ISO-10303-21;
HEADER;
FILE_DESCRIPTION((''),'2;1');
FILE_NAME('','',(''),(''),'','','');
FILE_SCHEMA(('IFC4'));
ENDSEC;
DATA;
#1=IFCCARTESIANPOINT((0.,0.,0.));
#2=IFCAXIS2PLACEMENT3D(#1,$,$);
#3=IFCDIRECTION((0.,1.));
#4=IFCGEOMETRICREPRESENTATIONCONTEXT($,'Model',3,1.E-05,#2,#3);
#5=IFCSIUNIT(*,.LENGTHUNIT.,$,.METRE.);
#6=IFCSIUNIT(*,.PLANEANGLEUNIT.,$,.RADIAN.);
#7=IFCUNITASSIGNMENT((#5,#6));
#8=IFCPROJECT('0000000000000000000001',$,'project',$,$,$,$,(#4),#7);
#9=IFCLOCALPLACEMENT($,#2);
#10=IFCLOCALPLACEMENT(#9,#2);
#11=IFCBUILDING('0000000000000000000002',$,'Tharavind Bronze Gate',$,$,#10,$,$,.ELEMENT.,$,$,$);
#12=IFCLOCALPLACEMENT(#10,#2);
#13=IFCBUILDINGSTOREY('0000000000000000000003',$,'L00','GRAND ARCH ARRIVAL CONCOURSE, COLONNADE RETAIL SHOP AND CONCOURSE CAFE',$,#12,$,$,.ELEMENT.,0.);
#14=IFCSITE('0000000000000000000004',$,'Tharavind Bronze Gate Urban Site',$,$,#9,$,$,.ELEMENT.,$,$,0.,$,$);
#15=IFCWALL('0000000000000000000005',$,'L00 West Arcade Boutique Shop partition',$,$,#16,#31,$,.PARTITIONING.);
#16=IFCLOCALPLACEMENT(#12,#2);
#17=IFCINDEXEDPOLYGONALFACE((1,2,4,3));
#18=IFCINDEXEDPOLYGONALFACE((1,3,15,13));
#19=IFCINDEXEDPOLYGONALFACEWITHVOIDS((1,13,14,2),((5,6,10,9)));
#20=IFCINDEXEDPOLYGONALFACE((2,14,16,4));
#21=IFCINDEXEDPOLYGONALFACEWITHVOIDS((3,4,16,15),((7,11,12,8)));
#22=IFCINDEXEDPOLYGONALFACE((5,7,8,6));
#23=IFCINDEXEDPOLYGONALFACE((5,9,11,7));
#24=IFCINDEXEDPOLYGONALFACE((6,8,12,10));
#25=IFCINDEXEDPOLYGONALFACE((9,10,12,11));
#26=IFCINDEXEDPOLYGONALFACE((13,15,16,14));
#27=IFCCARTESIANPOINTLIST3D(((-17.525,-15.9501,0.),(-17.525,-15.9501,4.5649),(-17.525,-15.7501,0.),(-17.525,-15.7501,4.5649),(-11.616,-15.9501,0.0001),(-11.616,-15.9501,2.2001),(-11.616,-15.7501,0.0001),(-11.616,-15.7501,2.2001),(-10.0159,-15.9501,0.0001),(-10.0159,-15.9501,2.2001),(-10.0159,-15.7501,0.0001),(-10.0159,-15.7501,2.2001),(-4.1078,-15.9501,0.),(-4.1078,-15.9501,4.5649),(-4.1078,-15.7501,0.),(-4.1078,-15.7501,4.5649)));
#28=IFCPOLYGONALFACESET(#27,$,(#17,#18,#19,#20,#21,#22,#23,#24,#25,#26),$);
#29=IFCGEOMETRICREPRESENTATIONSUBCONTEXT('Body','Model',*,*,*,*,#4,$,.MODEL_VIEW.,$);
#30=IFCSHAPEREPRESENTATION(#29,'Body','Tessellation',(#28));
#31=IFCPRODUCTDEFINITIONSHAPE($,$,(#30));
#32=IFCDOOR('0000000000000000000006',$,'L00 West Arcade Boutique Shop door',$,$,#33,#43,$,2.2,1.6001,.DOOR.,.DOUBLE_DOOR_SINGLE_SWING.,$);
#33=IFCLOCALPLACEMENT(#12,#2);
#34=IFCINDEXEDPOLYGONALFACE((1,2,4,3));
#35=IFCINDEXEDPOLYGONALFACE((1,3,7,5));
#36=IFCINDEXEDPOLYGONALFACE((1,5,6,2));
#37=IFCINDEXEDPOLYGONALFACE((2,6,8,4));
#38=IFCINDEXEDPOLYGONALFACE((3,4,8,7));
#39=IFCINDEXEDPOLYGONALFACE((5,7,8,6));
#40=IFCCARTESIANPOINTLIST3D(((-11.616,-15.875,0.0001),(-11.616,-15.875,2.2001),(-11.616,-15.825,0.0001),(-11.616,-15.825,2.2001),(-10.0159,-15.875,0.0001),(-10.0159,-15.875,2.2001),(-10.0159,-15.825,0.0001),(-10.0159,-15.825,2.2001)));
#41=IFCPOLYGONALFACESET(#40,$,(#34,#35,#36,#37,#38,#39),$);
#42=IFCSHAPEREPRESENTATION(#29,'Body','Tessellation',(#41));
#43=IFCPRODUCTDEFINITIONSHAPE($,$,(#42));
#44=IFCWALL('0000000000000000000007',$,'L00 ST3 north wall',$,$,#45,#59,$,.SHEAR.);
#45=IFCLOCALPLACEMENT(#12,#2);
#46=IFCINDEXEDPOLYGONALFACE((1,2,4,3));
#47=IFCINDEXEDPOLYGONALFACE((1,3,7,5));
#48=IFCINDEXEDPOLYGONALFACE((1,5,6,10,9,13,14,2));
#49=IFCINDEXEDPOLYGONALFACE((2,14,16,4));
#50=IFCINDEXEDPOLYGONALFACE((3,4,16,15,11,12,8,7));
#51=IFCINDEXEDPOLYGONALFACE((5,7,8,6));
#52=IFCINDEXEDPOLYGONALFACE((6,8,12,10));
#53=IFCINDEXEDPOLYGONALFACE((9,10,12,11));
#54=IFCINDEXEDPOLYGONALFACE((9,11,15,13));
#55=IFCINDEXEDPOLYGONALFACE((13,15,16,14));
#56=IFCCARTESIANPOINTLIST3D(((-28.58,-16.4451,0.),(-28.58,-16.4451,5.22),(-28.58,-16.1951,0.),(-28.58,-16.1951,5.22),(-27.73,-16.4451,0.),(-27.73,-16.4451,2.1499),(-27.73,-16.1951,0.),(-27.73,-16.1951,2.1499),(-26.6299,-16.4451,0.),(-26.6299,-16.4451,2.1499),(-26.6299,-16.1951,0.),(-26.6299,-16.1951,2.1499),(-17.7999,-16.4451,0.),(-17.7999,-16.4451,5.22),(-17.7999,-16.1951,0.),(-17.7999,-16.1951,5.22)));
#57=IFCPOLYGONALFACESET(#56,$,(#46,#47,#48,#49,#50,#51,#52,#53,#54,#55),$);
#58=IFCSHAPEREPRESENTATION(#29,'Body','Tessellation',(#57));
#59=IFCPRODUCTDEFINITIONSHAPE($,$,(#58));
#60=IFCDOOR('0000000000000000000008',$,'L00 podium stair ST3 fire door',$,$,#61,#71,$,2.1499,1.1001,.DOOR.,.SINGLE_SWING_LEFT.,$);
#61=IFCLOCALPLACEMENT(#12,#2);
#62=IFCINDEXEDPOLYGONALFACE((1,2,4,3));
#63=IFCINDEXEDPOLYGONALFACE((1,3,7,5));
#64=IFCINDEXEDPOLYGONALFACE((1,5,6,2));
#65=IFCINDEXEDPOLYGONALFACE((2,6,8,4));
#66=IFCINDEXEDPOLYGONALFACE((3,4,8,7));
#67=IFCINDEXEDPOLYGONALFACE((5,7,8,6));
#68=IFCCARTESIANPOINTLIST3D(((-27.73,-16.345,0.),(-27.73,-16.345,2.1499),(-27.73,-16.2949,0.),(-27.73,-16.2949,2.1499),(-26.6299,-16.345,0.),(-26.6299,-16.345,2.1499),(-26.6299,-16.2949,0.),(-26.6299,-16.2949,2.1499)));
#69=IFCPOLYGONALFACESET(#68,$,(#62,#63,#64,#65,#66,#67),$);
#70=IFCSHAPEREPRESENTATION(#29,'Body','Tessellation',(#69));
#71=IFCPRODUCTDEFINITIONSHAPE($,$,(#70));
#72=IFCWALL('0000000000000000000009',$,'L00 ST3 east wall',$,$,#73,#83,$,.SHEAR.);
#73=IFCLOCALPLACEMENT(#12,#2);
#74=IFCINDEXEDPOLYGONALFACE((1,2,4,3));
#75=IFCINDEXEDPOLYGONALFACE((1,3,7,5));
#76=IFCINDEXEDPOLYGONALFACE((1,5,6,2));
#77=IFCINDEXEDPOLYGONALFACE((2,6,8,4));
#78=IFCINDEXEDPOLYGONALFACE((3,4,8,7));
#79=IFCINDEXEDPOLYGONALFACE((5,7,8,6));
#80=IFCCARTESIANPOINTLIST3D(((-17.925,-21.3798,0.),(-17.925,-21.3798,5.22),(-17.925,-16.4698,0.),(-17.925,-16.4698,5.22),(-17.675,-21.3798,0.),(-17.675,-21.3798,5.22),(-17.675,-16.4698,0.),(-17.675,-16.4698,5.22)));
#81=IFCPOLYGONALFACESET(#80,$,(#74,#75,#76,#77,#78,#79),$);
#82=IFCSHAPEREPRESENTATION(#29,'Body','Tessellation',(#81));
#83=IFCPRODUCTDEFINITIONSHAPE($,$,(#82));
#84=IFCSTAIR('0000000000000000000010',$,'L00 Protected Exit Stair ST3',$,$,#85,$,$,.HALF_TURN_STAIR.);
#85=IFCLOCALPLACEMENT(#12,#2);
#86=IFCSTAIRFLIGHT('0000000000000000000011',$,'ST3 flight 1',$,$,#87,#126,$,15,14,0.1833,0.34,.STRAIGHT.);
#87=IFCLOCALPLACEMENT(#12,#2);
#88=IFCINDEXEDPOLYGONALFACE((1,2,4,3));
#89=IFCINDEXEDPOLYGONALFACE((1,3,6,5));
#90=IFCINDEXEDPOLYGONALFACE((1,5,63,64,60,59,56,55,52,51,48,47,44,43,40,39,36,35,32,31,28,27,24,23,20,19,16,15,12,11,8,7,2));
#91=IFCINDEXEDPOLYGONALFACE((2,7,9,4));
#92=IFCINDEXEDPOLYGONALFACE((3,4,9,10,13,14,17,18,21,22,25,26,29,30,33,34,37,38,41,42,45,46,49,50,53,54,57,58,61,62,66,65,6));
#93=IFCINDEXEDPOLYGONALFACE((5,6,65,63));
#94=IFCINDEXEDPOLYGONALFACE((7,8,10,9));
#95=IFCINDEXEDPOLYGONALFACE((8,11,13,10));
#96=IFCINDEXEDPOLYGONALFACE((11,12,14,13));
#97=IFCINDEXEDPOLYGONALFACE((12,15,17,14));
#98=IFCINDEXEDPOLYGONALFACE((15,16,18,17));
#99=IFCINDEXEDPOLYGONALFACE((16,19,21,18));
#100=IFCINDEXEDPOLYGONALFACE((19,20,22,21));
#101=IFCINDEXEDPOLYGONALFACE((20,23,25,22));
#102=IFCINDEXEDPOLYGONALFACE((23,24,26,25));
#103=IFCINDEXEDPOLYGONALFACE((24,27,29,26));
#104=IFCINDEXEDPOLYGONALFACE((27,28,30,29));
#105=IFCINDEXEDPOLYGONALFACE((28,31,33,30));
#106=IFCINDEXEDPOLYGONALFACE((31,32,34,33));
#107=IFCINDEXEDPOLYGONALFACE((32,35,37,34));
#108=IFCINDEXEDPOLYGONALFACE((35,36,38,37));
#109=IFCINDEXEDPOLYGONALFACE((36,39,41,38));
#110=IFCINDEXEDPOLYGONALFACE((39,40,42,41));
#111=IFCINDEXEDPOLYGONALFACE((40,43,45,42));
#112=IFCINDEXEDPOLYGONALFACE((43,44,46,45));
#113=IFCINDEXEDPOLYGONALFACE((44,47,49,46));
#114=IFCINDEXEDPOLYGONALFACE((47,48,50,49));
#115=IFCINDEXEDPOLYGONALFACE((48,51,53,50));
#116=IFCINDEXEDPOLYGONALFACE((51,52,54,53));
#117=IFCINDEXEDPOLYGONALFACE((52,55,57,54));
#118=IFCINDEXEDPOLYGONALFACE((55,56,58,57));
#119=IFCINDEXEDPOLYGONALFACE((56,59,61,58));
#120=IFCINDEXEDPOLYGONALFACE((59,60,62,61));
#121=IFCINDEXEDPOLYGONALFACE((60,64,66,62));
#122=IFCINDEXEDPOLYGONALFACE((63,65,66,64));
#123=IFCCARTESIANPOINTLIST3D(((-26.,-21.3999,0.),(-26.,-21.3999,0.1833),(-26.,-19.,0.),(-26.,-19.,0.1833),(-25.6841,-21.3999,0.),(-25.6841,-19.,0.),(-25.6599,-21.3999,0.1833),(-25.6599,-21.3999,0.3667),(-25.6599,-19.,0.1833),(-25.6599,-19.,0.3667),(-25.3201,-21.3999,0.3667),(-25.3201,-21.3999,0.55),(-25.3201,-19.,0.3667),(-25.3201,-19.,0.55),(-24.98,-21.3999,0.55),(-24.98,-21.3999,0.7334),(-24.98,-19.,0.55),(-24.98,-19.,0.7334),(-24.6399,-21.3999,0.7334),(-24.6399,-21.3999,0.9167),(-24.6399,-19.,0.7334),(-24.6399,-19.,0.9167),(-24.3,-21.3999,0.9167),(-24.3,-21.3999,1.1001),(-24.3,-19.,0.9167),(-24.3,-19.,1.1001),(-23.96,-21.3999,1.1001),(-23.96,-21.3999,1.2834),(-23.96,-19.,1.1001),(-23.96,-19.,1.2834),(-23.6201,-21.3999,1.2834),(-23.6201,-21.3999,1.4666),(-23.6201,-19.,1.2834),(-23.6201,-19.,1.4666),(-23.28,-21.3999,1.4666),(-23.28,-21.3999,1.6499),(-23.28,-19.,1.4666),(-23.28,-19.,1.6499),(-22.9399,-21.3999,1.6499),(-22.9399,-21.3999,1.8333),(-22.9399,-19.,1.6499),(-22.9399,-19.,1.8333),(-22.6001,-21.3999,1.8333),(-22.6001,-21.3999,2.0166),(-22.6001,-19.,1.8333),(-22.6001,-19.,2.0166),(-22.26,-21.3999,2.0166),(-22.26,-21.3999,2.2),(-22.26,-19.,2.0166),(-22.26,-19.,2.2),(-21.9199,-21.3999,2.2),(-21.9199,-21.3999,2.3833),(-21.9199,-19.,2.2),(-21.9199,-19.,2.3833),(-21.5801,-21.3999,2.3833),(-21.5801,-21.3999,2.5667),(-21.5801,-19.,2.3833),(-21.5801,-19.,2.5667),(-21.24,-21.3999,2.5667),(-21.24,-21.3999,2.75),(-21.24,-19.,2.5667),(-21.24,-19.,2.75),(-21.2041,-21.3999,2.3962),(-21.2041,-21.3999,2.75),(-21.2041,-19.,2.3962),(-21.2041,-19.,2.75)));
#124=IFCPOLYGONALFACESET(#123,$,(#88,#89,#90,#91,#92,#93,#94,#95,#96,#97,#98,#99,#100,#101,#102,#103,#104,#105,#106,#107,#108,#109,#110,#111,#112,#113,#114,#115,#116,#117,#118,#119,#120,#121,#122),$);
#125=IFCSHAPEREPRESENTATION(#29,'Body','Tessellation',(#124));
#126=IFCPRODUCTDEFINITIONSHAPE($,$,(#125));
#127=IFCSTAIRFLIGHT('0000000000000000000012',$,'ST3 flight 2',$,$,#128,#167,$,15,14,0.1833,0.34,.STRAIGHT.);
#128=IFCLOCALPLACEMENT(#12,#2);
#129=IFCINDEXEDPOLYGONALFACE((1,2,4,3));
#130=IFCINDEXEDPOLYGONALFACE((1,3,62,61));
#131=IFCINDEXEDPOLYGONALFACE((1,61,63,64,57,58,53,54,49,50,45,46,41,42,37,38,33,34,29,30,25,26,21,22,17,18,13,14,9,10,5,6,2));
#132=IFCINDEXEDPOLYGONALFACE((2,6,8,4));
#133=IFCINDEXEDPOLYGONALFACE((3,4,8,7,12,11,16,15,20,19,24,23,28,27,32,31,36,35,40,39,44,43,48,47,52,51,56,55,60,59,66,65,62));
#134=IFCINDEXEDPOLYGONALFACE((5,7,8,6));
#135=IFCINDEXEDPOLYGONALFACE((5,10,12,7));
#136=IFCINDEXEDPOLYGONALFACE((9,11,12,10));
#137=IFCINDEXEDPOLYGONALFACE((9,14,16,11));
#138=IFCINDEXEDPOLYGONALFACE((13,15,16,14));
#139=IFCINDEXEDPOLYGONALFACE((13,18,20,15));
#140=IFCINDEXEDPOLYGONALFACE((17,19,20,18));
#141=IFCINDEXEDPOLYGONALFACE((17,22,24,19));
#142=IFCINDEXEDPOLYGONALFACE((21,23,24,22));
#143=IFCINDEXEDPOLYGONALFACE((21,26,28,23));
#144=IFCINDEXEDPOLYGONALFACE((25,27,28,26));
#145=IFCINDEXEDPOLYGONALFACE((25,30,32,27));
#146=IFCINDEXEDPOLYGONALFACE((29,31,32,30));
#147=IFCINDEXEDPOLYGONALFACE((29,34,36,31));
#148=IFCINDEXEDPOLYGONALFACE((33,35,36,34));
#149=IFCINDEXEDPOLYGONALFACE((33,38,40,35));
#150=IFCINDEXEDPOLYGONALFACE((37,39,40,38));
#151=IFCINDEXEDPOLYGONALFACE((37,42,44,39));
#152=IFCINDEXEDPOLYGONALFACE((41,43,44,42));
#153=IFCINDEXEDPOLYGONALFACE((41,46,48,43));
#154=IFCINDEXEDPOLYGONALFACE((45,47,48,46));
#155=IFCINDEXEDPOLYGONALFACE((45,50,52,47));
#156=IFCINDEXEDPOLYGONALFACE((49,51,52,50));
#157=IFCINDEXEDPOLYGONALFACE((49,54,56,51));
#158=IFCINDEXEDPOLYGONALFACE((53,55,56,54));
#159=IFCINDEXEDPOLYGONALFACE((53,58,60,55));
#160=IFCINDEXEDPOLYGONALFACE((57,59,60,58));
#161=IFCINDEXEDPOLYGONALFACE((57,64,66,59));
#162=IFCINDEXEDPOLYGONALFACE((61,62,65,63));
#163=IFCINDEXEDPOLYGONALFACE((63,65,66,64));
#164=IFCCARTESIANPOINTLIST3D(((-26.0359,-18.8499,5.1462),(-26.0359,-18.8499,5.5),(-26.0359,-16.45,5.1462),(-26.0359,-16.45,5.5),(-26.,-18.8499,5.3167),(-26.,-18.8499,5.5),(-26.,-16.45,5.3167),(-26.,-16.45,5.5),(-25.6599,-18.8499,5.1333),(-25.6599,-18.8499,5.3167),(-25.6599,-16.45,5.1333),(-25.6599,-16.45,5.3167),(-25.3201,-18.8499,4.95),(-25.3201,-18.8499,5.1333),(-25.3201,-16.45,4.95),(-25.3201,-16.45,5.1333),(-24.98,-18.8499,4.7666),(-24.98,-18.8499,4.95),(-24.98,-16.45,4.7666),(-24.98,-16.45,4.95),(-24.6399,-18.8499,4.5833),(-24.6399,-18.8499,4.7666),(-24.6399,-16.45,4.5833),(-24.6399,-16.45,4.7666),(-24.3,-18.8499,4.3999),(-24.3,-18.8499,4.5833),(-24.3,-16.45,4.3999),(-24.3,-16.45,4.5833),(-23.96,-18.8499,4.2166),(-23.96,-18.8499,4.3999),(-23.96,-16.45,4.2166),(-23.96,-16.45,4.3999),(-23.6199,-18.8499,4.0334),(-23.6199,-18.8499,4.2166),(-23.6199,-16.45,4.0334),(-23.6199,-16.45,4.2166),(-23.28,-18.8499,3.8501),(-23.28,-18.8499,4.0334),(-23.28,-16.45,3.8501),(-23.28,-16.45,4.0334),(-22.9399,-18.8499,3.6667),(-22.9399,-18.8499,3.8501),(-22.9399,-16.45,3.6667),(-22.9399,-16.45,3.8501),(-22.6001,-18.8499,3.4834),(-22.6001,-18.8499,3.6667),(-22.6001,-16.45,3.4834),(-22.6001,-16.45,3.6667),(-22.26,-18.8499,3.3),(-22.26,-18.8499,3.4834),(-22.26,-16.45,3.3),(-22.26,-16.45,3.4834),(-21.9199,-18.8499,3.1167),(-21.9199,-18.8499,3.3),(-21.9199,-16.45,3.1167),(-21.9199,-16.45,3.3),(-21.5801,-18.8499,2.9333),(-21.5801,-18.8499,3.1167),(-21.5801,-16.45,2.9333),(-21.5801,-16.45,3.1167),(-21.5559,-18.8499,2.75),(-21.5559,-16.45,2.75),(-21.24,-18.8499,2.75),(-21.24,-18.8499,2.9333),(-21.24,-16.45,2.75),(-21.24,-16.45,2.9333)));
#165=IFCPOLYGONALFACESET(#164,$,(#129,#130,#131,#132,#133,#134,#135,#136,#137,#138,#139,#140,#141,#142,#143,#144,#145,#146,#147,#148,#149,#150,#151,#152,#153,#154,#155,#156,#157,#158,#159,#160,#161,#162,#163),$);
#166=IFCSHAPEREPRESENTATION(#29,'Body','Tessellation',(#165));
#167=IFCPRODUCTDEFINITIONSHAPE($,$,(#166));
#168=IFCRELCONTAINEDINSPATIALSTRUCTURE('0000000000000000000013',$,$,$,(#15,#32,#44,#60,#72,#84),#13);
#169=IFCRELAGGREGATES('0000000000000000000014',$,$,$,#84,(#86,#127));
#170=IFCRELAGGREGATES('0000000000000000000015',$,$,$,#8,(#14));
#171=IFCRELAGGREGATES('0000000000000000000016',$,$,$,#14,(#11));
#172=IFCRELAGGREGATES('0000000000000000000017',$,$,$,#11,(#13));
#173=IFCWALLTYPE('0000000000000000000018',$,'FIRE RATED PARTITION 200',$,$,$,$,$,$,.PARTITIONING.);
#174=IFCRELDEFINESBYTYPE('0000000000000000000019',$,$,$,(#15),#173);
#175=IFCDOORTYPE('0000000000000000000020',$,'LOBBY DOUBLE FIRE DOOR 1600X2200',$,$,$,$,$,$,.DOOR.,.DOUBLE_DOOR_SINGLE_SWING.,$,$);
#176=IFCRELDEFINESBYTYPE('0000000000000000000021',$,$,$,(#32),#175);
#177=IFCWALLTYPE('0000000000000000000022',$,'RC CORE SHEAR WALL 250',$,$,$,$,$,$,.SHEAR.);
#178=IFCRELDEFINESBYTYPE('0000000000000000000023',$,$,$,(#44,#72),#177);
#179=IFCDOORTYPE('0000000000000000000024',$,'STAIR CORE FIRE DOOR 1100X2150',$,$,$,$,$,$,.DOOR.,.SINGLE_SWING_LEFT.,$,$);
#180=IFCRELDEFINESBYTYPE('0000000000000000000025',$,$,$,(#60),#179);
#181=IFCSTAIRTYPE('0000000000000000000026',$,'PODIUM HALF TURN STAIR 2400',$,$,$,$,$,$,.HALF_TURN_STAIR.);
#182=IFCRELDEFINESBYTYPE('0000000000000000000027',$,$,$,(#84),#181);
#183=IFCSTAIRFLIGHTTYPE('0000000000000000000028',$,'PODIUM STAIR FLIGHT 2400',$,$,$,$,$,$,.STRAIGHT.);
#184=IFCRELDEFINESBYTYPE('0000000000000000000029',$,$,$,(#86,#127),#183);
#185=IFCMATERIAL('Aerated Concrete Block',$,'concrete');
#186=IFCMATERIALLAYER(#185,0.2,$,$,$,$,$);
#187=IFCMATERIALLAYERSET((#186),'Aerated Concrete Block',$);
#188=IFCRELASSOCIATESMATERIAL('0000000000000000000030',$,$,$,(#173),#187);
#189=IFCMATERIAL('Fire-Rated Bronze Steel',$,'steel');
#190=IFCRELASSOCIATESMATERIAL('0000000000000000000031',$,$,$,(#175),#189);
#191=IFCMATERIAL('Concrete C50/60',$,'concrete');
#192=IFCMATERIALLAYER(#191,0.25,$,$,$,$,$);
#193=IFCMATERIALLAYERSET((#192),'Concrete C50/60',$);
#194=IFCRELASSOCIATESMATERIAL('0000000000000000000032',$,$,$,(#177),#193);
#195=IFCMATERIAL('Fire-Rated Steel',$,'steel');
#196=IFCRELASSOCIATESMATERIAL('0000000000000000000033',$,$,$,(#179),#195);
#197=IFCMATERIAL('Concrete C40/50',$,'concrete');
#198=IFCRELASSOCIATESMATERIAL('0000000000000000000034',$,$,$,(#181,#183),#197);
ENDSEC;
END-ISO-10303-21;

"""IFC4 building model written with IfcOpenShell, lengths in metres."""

from ifc_helpers import new_model, si_unit, direction, frame, frame_2d, origin, place, context, subcontext, project, spatial, polyline, rectangle, outline, extrude, material, layer, layer_set, type_object, element, fill, aggregate, save


model = new_model("IFC4")

# Units and contexts
model_context = context("Model", 3, precision=1e-05, world=origin(), true_north=direction((0.0, 1.0)))
body_context = subcontext(model_context, "Body", "Model", "MODEL_VIEW")
ifc_project = project(units=[si_unit("LENGTHUNIT", "METRE"), si_unit("PLANEANGLEUNIT", "RADIAN")], contexts=[model_context])

# Site, building, storey
site_placement = place(None, origin())
site = spatial("IfcSite", under=ifc_project, at=site_placement, Name="Tharavind Bronze Gate Urban Site", CompositionType="ELEMENT", RefElevation=0.0)
building_placement = place(site_placement, origin())
building = spatial("IfcBuilding", under=site, at=building_placement, Name="Tharavind Bronze Gate", CompositionType="ELEMENT")
storey_placement = place(building_placement, origin())
storey = spatial("IfcBuildingStorey", under=building, at=storey_placement, Name="L00", Description="GRAND ARCH ARRIVAL CONCOURSE, COLONNADE RETAIL SHOP AND CONCOURSE CAFE", CompositionType="ELEMENT", Elevation=0.0)

# Shared definitions
ifc_material_1 = material(Name="Concrete C50/60", Category="concrete")
ifc_material_2 = material(Name="Aerated Concrete Block", Category="concrete")
ifc_layer_1 = layer(ifc_material_2, 0.2)
ifc_layer_set_1 = layer_set([ifc_layer_1], Name="Aerated Concrete Block")
wall_type_1 = type_object("IfcWallType", Name="FIRE RATED PARTITION 200", PredefinedType="PARTITIONING", material=ifc_layer_set_1)

# Walls, openings, doors
wall_1_placement = place(storey_placement, frame((-17.5249, -15.8501, 0.0), z_axis=(0.0, 0.0, 1.0), x_axis=(1.0, 0.0, 0.0)))
wall_1 = element("IfcWall", 1, at=wall_1_placement, inside=storey, type_object=wall_type_1, Name="L00 West Arcade Boutique Shop partition", PredefinedType="PARTITIONING", context=body_context, shape_type="SweptSolid", body=[
    extrude(rectangle(XDim=13.4172, YDim=0.2, at=frame_2d((6.7085, 0.0))), origin(), (0.0, 0.0, 1.0), 4.5649),
])
opening_1_placement = place(wall_1_placement, frame((5.9089, 0.0, 0.0)))
opening_1 = element("IfcOpeningElement", 2, at=opening_1_placement, cuts=wall_1, PredefinedType="OPENING", context=body_context, shape_type="SweptSolid", body=[
    extrude(rectangle(XDim=1.6001, YDim=2.2, at=frame_2d((0.8, 1.1001))), frame((0.0, 0.1101, 0.0), z_axis=(0.0, -1.0, 0.0), x_axis=(1.0, 0.0, 0.0)), (0.0, 0.0, 1.0), 0.22),
])
ifc_material_3 = material(Name="Fire-Rated Bronze Steel", Category="steel")
door_type_1 = type_object("IfcDoorType", Name="LOBBY DOUBLE FIRE DOOR 1600X2200", OperationType="DOUBLE_DOOR_SINGLE_SWING", PredefinedType="DOOR", material=ifc_material_3)
door_1_placement = place(opening_1_placement, frame((1.6001, 0.0, 0.0), z_axis=(0.0, 0.0, 1.0), x_axis=(-1.0, 0.0, 0.0)))
door_1 = element("IfcDoor", 3, at=door_1_placement, inside=storey, type_object=door_type_1, Name="L00 West Arcade Boutique Shop door", OperationType="DOUBLE_DOOR_SINGLE_SWING", OverallHeight=2.2, OverallWidth=1.6001, PredefinedType="DOOR", context=body_context, shape_type="SweptSolid", body=[
    extrude(rectangle(XDim=1.6001, YDim=2.2, at=frame_2d((0.8, 1.1001))), frame((0.0, 0.0249, 0.0), z_axis=(0.0, -1.0, 0.0), x_axis=(1.0, 0.0, 0.0)), (0.0, 0.0, 1.0), 0.05),
])
fill(opening_1, door_1)
ifc_layer_2 = layer(ifc_material_1, 0.25)
ifc_layer_set_2 = layer_set([ifc_layer_2], Name="Concrete C50/60")
wall_type_2 = type_object("IfcWallType", Name="RC CORE SHEAR WALL 250", PredefinedType="SHEAR", material=ifc_layer_set_2)
wall_2_placement = place(storey_placement, frame((-28.5801, -16.3201, 0.0), z_axis=(0.0, 0.0, 1.0), x_axis=(1.0, 0.0, 0.0)))
wall_2 = element("IfcWall", 4, at=wall_2_placement, inside=storey, type_object=wall_type_2, Name="L00 ST3 north wall", PredefinedType="SHEAR", context=body_context, shape_type="SweptSolid", body=[
    extrude(rectangle(XDim=10.78, YDim=0.25, at=frame_2d((5.3901, 0.0))), origin(), (0.0, 0.0, 1.0), 5.22),
])
opening_2_placement = place(wall_2_placement, frame((0.8501, 0.0, 0.0)))
opening_2 = element("IfcOpeningElement", 5, at=opening_2_placement, cuts=wall_2, PredefinedType="OPENING", context=body_context, shape_type="SweptSolid", body=[
    extrude(rectangle(XDim=1.1001, YDim=2.1499, at=frame_2d((0.55, 1.075))), frame((0.0, 0.135, 0.0), z_axis=(0.0, -1.0, 0.0), x_axis=(1.0, 0.0, 0.0)), (0.0, 0.0, 1.0), 0.27),
])
ifc_material_4 = material(Name="Fire-Rated Steel", Category="steel")
door_type_2 = type_object("IfcDoorType", Name="STAIR CORE FIRE DOOR 1100X2150", OperationType="SINGLE_SWING_LEFT", PredefinedType="DOOR", material=ifc_material_4)
door_2_placement = place(opening_2_placement, frame((1.1001, 0.0, 0.0), z_axis=(0.0, 0.0, 1.0), x_axis=(-1.0, 0.0, 0.0)))
door_2 = element("IfcDoor", 6, at=door_2_placement, inside=storey, type_object=door_type_2, Name="L00 podium stair ST3 fire door", OperationType="SINGLE_SWING_LEFT", OverallHeight=2.1499, OverallWidth=1.1001, PredefinedType="DOOR", context=body_context, shape_type="SweptSolid", body=[
    extrude(rectangle(XDim=1.1001, YDim=2.1499, at=frame_2d((0.55, 1.075))), frame((0.0, 0.0249, 0.0), z_axis=(0.0, -1.0, 0.0), x_axis=(1.0, 0.0, 0.0)), (0.0, 0.0, 1.0), 0.05),
])
fill(opening_2, door_2)

# Wall
wall_3_placement = place(storey_placement, frame((-17.8, -21.3799, 0.0), z_axis=(0.0, 0.0, 1.0), x_axis=(0.0, 1.0, 0.0)))
element("IfcWall", 7, at=wall_3_placement, inside=storey, type_object=wall_type_2, Name="L00 ST3 east wall", PredefinedType="SHEAR", context=body_context, shape_type="SweptSolid", body=[
    extrude(rectangle(XDim=4.9099, YDim=0.25, at=frame_2d((2.4551, 0.0))), origin(), (0.0, 0.0, 1.0), 5.22),
])

# Stair, stair flights
ifc_material_5 = material(Name="Concrete C40/50", Category="concrete")
stair_type = type_object("IfcStairType", Name="PODIUM HALF TURN STAIR 2400", PredefinedType="HALF_TURN_STAIR", material=ifc_material_5)
stair_placement = place(storey_placement, origin())
stair = element("IfcStair", 8, at=stair_placement, inside=storey, type_object=stair_type, Name="L00 Protected Exit Stair ST3", PredefinedType="HALF_TURN_STAIR")
stair_flight_type = type_object("IfcStairFlightType", Name="PODIUM STAIR FLIGHT 2400", PredefinedType="STRAIGHT", material=ifc_material_5)
stair_flight_1_placement = place(storey_placement, frame((-26.0, -20.2, 0.0), z_axis=(0.0, 0.0, 1.0), x_axis=(1.0, 0.0, 0.0)))
stair_flight_1 = element("IfcStairFlight", 9, at=stair_flight_1_placement, type_object=stair_flight_type, Name="ST3 flight 1", NumberOfRisers=15, NumberOfTreads=14, PredefinedType="STRAIGHT", RiserHeight=0.1833, TreadLength=0.34, context=body_context, shape_type="SweptSolid", body=[
    extrude(outline(polyline([(0.0, 0.0), (0.0, 0.1833), (0.3401, 0.1833), (0.3401, 0.3667), (0.6799, 0.3667), (0.6799, 0.55), (1.02, 0.55), (1.02, 0.7334), (1.3601, 0.7334), (1.3601, 0.9167), (1.7, 0.9167), (1.7, 1.1001), (2.04, 1.1001), (2.04, 1.2834), (2.3799, 1.2834), (2.3799, 1.4666), (2.72, 1.4666), (2.72, 1.6499), (3.0601, 1.6499), (3.0601, 1.8333), (3.3999, 1.8333), (3.3999, 2.0166), (3.74, 2.0166), (3.74, 2.2), (4.0801, 2.2), (4.0801, 2.3833), (4.4199, 2.3833), (4.4199, 2.5667), (4.76, 2.5667), (4.76, 2.75), (4.7959, 2.75), (4.7959, 2.3962), (0.3159, 0.0), (0.0, 0.0)])), frame((0.0, 1.2, 0.0), z_axis=(0.0, -1.0, 0.0), x_axis=(1.0, 0.0, 0.0)), (0.0, 0.0, 1.0), 2.3999),
])
stair_flight_2_placement = place(storey_placement, frame((-21.24, -17.6499, 2.75), z_axis=(0.0, 0.0, 1.0), x_axis=(-1.0, 0.0, 0.0)))
stair_flight_2 = element("IfcStairFlight", 10, at=stair_flight_2_placement, type_object=stair_flight_type, Name="ST3 flight 2", NumberOfRisers=15, NumberOfTreads=14, PredefinedType="STRAIGHT", RiserHeight=0.1833, TreadLength=0.34, context=body_context, shape_type="SweptSolid", body=[
    extrude(outline(polyline([(0.0, 0.0), (0.0, 0.1833), (0.3401, 0.1833), (0.3401, 0.3667), (0.6799, 0.3667), (0.6799, 0.55), (1.02, 0.55), (1.02, 0.7334), (1.3601, 0.7334), (1.3601, 0.9167), (1.7, 0.9167), (1.7, 1.1001), (2.04, 1.1001), (2.04, 1.2834), (2.3799, 1.2834), (2.3799, 1.4666), (2.72, 1.4666), (2.72, 1.6499), (3.0601, 1.6499), (3.0601, 1.8333), (3.3999, 1.8333), (3.3999, 2.0166), (3.74, 2.0166), (3.74, 2.2), (4.0801, 2.2), (4.0801, 2.3833), (4.4199, 2.3833), (4.4199, 2.5667), (4.76, 2.5667), (4.76, 2.75), (4.7959, 2.75), (4.7959, 2.3962), (0.3159, 0.0), (0.0, 0.0)])), frame((0.0, 1.2, 0.0), z_axis=(0.0, -1.0, 0.0), x_axis=(1.0, 0.0, 0.0)), (0.0, 0.0, 1.0), 2.3999),
])
aggregate(stair, [stair_flight_1, stair_flight_2])

save(model, "model.ifc")
